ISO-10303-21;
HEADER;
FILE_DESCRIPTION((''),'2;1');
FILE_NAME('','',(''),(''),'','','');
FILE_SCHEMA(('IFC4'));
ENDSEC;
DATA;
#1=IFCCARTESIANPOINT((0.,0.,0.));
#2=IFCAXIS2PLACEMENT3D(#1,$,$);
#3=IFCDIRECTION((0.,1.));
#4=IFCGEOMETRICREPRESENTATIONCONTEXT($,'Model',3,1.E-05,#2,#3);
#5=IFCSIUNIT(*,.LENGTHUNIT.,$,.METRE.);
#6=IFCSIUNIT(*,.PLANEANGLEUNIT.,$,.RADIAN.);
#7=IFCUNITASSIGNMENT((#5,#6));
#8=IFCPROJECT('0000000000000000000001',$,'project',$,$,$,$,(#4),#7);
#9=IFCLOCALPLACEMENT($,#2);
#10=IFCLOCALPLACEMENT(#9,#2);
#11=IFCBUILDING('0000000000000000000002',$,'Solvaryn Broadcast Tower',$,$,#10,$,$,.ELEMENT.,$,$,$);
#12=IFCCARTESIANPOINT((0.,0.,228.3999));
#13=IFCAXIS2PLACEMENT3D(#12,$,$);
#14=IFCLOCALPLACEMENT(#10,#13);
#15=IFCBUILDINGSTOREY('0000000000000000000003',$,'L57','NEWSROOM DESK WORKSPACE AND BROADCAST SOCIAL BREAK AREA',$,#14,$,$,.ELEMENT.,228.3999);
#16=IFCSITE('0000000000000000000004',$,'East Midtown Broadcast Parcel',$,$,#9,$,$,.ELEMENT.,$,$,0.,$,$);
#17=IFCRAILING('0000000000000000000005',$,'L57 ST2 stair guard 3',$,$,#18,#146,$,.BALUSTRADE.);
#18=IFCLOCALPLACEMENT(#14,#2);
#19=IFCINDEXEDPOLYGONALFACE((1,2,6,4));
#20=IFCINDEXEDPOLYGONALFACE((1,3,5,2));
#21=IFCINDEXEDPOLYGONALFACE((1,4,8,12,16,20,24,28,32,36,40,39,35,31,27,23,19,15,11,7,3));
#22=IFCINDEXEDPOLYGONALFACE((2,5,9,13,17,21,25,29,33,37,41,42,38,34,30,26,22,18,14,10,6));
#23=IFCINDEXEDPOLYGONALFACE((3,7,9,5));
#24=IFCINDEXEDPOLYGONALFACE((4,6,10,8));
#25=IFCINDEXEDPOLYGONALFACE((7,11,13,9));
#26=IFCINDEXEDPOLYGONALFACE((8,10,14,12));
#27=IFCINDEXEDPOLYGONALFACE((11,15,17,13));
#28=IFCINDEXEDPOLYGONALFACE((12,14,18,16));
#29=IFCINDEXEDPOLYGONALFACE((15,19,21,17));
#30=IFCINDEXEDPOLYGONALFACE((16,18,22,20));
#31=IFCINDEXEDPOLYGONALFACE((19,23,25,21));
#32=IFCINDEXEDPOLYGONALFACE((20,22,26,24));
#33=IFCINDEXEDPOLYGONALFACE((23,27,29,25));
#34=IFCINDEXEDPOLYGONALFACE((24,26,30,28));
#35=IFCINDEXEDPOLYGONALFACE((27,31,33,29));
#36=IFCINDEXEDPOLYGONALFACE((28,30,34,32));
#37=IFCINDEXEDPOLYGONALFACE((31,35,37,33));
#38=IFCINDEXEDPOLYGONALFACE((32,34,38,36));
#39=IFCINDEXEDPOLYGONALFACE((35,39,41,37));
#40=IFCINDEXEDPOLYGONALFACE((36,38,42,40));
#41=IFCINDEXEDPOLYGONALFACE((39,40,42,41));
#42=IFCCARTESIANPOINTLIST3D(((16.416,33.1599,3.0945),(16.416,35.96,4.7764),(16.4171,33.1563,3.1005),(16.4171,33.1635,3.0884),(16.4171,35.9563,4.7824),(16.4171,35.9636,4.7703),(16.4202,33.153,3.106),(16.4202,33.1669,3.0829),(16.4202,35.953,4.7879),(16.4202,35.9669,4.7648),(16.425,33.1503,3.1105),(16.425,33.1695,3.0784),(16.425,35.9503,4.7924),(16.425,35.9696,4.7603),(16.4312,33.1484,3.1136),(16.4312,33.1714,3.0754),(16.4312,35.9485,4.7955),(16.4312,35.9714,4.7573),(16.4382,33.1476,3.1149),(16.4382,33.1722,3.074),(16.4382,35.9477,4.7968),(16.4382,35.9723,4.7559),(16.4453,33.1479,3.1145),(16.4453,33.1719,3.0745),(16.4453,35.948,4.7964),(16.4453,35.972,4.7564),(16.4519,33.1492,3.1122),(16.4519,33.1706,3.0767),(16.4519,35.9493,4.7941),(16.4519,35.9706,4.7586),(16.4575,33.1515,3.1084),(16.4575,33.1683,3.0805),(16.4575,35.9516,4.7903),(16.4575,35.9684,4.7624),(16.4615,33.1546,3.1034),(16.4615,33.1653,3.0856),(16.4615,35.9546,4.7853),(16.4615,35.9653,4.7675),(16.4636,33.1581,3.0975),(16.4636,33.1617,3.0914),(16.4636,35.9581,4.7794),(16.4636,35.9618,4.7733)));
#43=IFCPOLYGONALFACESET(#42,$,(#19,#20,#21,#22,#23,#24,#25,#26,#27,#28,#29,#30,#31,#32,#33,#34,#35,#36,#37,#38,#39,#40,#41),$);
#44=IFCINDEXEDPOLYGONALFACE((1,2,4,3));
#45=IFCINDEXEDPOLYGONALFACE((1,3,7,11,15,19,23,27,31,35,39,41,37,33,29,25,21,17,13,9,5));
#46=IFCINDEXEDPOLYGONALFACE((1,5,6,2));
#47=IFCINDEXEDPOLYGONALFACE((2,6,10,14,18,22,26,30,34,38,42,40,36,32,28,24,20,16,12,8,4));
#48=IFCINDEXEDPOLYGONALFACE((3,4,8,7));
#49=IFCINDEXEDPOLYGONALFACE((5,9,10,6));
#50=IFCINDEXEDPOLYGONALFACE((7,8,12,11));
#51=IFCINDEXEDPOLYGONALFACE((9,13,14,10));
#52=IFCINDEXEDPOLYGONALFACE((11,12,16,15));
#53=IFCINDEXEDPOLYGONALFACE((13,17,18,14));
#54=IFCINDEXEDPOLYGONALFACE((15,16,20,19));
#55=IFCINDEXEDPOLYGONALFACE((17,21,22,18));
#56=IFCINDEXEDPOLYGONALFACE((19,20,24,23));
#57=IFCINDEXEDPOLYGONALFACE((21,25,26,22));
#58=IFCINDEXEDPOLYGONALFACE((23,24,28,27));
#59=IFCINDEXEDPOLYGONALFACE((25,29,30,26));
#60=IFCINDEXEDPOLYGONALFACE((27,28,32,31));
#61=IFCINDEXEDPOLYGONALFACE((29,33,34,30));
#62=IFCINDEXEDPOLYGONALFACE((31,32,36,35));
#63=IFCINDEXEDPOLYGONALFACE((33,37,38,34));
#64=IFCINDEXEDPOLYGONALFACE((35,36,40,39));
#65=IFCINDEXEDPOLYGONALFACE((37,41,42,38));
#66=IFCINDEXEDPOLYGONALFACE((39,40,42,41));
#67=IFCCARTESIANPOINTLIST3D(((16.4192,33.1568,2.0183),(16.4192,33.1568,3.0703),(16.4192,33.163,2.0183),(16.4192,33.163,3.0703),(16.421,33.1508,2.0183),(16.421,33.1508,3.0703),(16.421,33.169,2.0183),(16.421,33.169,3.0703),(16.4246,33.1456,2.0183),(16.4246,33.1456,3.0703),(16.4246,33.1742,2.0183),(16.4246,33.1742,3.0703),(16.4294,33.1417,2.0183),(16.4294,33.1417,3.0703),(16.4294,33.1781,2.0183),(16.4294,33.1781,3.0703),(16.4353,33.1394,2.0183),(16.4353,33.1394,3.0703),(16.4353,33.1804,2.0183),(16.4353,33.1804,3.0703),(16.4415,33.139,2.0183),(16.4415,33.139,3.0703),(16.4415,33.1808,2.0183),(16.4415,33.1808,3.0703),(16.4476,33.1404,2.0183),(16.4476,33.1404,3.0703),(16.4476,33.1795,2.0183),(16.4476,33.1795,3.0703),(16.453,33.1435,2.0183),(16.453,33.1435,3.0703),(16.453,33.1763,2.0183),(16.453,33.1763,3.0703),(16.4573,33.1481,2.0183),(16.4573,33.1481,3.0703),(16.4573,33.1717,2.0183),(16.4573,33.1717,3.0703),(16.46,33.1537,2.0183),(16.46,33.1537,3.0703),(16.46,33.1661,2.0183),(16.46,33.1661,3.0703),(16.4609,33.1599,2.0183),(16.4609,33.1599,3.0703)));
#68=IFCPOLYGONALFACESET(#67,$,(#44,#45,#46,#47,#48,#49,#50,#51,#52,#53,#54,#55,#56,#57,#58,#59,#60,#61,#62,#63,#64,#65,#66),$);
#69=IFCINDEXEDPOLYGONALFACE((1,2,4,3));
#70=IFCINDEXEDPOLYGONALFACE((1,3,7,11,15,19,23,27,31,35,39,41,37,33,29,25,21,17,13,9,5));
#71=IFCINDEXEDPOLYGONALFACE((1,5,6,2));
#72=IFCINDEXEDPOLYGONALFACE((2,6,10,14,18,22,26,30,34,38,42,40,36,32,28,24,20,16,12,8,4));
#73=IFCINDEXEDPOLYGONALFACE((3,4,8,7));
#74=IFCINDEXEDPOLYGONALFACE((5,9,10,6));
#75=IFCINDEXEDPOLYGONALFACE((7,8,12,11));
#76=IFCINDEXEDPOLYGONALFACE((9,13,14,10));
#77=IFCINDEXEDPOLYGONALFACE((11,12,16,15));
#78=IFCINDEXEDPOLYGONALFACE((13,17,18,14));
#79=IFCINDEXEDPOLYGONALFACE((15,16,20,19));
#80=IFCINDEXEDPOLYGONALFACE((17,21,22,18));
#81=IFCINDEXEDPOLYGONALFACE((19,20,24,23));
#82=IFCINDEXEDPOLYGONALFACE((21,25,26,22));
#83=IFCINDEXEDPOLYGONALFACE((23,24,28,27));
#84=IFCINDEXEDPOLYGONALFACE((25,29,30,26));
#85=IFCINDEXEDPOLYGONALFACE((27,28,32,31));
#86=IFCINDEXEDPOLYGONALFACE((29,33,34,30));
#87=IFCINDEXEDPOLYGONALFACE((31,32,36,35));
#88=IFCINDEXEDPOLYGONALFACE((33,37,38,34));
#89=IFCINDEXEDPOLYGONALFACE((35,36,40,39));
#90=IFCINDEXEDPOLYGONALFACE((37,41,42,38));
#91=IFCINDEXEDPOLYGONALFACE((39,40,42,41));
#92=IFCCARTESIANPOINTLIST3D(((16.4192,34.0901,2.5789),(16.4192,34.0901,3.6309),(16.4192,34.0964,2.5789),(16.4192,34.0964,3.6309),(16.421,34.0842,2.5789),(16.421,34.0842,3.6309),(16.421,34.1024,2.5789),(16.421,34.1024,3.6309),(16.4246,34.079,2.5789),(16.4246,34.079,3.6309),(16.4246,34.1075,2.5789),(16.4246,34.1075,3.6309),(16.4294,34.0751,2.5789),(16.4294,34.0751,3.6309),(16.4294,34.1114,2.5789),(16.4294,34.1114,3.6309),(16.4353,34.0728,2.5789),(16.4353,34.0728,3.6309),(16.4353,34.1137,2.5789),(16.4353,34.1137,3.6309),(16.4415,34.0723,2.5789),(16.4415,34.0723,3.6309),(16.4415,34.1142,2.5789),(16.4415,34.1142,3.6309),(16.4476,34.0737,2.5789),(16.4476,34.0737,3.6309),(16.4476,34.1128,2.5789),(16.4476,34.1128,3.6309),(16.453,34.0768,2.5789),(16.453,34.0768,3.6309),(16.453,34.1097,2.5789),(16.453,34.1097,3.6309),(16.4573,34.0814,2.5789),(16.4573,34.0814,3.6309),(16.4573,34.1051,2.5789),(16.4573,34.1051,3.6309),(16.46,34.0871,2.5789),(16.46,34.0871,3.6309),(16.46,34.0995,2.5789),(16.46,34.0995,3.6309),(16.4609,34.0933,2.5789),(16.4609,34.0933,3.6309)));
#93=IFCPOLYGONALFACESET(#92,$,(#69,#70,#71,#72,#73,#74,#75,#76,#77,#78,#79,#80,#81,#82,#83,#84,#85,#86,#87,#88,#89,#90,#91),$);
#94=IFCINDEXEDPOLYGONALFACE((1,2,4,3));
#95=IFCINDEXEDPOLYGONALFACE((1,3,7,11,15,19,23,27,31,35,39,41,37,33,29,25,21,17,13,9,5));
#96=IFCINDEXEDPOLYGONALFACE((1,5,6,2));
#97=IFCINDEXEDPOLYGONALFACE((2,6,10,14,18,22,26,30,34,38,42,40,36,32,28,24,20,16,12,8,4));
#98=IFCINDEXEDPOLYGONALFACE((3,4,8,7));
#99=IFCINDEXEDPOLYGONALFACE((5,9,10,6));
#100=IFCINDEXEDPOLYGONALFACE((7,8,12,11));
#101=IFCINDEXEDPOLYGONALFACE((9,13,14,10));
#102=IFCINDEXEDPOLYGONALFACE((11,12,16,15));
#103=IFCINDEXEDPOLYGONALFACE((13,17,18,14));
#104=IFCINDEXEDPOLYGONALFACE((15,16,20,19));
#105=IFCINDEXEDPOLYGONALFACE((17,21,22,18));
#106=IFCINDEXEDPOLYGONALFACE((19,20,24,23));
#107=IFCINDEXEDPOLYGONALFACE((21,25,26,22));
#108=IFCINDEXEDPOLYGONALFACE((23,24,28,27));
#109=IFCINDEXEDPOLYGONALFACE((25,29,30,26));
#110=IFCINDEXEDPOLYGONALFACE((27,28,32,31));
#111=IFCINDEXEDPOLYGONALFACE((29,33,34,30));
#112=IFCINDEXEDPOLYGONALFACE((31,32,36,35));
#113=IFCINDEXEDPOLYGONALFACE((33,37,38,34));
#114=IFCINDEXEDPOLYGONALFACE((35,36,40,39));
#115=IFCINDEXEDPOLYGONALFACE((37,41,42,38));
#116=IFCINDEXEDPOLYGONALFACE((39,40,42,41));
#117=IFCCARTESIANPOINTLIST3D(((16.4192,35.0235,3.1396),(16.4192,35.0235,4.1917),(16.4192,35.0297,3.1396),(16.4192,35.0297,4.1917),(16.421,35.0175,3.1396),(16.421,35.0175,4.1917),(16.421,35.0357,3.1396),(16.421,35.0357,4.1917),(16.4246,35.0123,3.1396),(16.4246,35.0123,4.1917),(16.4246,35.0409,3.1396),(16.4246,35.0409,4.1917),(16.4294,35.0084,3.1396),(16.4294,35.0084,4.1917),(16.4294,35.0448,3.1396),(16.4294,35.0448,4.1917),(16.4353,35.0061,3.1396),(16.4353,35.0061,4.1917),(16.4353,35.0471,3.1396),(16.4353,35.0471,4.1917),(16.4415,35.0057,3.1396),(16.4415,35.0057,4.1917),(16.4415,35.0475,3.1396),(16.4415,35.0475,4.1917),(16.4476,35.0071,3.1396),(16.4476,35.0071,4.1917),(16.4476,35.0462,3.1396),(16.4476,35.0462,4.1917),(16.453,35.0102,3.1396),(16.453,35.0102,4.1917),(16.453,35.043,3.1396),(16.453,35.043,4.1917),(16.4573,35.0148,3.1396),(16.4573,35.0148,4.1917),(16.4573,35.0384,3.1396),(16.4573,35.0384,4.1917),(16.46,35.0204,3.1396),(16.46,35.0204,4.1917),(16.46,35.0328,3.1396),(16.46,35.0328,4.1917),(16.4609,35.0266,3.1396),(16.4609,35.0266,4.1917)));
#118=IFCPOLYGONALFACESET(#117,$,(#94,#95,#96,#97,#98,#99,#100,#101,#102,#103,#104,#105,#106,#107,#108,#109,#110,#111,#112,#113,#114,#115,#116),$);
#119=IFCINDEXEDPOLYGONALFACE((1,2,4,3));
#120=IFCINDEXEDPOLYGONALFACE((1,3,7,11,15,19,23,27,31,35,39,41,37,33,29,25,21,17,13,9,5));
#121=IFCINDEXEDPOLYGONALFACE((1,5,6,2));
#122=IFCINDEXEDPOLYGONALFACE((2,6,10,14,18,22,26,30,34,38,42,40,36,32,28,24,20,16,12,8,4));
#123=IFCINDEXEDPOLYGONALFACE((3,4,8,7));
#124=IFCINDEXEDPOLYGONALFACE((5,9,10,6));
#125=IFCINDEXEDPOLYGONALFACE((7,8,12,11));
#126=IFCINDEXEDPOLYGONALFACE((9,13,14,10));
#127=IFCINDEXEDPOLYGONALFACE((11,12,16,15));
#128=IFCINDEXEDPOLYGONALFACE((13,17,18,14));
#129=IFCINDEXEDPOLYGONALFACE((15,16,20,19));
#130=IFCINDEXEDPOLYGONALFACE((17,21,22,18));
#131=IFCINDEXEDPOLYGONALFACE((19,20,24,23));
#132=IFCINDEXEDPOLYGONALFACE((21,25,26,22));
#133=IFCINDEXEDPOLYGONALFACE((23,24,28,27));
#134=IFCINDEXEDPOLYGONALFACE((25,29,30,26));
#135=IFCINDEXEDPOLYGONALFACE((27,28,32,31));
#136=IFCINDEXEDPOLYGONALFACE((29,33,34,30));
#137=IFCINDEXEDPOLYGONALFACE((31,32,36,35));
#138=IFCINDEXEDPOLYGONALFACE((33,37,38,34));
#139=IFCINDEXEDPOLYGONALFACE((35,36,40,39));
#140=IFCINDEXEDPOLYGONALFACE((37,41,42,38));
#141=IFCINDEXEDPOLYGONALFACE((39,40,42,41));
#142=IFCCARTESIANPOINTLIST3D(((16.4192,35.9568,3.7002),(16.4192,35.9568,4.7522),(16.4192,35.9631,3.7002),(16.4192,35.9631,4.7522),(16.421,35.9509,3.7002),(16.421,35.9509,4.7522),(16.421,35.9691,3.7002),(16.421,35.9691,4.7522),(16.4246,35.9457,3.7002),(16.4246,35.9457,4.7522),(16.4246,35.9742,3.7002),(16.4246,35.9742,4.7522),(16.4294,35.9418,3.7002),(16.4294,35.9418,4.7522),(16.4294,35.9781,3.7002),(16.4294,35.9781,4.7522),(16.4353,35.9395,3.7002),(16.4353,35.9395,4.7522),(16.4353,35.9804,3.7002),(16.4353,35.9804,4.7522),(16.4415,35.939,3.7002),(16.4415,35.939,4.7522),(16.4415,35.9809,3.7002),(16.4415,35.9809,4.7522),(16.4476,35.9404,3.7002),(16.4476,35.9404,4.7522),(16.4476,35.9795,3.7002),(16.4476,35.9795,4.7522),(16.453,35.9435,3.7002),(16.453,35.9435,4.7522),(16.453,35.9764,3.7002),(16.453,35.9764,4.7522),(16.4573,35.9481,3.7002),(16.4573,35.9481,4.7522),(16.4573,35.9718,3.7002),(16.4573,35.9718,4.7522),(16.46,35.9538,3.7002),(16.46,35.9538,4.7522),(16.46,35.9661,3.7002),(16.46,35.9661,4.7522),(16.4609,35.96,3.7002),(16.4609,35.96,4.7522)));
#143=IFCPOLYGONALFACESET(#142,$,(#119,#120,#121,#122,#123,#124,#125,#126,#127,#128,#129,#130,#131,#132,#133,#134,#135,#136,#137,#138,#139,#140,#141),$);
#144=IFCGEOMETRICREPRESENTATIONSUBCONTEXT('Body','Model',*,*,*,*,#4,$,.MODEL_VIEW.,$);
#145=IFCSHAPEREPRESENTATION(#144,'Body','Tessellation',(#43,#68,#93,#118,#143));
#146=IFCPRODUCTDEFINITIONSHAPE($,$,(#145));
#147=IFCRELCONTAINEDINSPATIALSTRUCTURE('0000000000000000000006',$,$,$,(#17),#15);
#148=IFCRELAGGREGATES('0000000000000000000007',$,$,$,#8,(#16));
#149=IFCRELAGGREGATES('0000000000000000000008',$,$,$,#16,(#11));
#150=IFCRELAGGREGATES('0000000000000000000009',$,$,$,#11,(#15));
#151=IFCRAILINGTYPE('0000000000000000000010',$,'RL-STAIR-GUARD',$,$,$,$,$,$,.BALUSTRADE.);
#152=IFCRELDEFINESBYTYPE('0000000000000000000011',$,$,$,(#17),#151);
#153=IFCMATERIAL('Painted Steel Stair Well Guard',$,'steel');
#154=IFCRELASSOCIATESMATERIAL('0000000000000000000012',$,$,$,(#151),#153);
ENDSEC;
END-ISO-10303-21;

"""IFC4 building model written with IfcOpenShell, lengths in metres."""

from ifc_helpers import new_model, si_unit, direction, frame, origin, origin_2d, place, context, subcontext, project, spatial, circle, extrude, material, type_object, element, save


model = new_model("IFC4")

# Units and contexts
model_context = context("Model", 3, precision=1e-05, world=origin(), true_north=direction((0.0, 1.0)))
body_context = subcontext(model_context, "Body", "Model", "MODEL_VIEW")
ifc_project = project(units=[si_unit("LENGTHUNIT", "METRE"), si_unit("PLANEANGLEUNIT", "RADIAN")], contexts=[model_context])

# Site, building, storey
site_placement = place(None, origin())
site = spatial("IfcSite", under=ifc_project, at=site_placement, Name="East Midtown Broadcast Parcel", CompositionType="ELEMENT", RefElevation=0.0)
building_placement = place(site_placement, origin())
building = spatial("IfcBuilding", under=site, at=building_placement, Name="Solvaryn Broadcast Tower", CompositionType="ELEMENT")
storey_placement = place(building_placement, frame((0.0, 0.0, 228.3999)))
storey = spatial("IfcBuildingStorey", under=building, at=storey_placement, Name="L57", Description="NEWSROOM DESK WORKSPACE AND BROADCAST SOCIAL BREAK AREA", CompositionType="ELEMENT", Elevation=228.3999)

# Railing
ifc_material_1 = material(Name="Painted Steel Stair Well Guard", Category="steel")
railing_type_1 = type_object("IfcRailingType", Name="RL-STAIR-GUARD", PredefinedType="BALUSTRADE", material=ifc_material_1)
railing_1_placement = place(storey_placement, frame((16.4399, 33.1599, 2.0183)))
element("IfcRailing", 1, at=railing_1_placement, inside=storey, type_object=railing_type_1, Name="L57 ST2 stair guard 3", PredefinedType="BALUSTRADE", context=body_context, shape_type="SweptSolid", body=[
    extrude(circle(Radius=0.0239, at=origin_2d()), frame((0.0, 0.0, 1.0762), z_axis=(0.0, 0.857242, 0.514913), x_axis=(-1.0, 0.0, 0.0)), (0.0, 0.0, 1.0), 3.2664),
    extrude(circle(Radius=0.021, at=origin_2d()), origin(), (0.0, 0.0, 1.0), 1.052),
    extrude(circle(Radius=0.021, at=origin_2d()), frame((0.0, 0.9333, 0.5605)), (0.0, 0.0, 1.0), 1.052),
    extrude(circle(Radius=0.021, at=origin_2d()), frame((0.0, 1.8667, 1.1213)), (0.0, 0.0, 1.0), 1.052),
    extrude(circle(Radius=0.021, at=origin_2d()), frame((0.0, 2.8, 1.6819)), (0.0, 0.0, 1.0), 1.052),
])

save(model, "model.ifc")
